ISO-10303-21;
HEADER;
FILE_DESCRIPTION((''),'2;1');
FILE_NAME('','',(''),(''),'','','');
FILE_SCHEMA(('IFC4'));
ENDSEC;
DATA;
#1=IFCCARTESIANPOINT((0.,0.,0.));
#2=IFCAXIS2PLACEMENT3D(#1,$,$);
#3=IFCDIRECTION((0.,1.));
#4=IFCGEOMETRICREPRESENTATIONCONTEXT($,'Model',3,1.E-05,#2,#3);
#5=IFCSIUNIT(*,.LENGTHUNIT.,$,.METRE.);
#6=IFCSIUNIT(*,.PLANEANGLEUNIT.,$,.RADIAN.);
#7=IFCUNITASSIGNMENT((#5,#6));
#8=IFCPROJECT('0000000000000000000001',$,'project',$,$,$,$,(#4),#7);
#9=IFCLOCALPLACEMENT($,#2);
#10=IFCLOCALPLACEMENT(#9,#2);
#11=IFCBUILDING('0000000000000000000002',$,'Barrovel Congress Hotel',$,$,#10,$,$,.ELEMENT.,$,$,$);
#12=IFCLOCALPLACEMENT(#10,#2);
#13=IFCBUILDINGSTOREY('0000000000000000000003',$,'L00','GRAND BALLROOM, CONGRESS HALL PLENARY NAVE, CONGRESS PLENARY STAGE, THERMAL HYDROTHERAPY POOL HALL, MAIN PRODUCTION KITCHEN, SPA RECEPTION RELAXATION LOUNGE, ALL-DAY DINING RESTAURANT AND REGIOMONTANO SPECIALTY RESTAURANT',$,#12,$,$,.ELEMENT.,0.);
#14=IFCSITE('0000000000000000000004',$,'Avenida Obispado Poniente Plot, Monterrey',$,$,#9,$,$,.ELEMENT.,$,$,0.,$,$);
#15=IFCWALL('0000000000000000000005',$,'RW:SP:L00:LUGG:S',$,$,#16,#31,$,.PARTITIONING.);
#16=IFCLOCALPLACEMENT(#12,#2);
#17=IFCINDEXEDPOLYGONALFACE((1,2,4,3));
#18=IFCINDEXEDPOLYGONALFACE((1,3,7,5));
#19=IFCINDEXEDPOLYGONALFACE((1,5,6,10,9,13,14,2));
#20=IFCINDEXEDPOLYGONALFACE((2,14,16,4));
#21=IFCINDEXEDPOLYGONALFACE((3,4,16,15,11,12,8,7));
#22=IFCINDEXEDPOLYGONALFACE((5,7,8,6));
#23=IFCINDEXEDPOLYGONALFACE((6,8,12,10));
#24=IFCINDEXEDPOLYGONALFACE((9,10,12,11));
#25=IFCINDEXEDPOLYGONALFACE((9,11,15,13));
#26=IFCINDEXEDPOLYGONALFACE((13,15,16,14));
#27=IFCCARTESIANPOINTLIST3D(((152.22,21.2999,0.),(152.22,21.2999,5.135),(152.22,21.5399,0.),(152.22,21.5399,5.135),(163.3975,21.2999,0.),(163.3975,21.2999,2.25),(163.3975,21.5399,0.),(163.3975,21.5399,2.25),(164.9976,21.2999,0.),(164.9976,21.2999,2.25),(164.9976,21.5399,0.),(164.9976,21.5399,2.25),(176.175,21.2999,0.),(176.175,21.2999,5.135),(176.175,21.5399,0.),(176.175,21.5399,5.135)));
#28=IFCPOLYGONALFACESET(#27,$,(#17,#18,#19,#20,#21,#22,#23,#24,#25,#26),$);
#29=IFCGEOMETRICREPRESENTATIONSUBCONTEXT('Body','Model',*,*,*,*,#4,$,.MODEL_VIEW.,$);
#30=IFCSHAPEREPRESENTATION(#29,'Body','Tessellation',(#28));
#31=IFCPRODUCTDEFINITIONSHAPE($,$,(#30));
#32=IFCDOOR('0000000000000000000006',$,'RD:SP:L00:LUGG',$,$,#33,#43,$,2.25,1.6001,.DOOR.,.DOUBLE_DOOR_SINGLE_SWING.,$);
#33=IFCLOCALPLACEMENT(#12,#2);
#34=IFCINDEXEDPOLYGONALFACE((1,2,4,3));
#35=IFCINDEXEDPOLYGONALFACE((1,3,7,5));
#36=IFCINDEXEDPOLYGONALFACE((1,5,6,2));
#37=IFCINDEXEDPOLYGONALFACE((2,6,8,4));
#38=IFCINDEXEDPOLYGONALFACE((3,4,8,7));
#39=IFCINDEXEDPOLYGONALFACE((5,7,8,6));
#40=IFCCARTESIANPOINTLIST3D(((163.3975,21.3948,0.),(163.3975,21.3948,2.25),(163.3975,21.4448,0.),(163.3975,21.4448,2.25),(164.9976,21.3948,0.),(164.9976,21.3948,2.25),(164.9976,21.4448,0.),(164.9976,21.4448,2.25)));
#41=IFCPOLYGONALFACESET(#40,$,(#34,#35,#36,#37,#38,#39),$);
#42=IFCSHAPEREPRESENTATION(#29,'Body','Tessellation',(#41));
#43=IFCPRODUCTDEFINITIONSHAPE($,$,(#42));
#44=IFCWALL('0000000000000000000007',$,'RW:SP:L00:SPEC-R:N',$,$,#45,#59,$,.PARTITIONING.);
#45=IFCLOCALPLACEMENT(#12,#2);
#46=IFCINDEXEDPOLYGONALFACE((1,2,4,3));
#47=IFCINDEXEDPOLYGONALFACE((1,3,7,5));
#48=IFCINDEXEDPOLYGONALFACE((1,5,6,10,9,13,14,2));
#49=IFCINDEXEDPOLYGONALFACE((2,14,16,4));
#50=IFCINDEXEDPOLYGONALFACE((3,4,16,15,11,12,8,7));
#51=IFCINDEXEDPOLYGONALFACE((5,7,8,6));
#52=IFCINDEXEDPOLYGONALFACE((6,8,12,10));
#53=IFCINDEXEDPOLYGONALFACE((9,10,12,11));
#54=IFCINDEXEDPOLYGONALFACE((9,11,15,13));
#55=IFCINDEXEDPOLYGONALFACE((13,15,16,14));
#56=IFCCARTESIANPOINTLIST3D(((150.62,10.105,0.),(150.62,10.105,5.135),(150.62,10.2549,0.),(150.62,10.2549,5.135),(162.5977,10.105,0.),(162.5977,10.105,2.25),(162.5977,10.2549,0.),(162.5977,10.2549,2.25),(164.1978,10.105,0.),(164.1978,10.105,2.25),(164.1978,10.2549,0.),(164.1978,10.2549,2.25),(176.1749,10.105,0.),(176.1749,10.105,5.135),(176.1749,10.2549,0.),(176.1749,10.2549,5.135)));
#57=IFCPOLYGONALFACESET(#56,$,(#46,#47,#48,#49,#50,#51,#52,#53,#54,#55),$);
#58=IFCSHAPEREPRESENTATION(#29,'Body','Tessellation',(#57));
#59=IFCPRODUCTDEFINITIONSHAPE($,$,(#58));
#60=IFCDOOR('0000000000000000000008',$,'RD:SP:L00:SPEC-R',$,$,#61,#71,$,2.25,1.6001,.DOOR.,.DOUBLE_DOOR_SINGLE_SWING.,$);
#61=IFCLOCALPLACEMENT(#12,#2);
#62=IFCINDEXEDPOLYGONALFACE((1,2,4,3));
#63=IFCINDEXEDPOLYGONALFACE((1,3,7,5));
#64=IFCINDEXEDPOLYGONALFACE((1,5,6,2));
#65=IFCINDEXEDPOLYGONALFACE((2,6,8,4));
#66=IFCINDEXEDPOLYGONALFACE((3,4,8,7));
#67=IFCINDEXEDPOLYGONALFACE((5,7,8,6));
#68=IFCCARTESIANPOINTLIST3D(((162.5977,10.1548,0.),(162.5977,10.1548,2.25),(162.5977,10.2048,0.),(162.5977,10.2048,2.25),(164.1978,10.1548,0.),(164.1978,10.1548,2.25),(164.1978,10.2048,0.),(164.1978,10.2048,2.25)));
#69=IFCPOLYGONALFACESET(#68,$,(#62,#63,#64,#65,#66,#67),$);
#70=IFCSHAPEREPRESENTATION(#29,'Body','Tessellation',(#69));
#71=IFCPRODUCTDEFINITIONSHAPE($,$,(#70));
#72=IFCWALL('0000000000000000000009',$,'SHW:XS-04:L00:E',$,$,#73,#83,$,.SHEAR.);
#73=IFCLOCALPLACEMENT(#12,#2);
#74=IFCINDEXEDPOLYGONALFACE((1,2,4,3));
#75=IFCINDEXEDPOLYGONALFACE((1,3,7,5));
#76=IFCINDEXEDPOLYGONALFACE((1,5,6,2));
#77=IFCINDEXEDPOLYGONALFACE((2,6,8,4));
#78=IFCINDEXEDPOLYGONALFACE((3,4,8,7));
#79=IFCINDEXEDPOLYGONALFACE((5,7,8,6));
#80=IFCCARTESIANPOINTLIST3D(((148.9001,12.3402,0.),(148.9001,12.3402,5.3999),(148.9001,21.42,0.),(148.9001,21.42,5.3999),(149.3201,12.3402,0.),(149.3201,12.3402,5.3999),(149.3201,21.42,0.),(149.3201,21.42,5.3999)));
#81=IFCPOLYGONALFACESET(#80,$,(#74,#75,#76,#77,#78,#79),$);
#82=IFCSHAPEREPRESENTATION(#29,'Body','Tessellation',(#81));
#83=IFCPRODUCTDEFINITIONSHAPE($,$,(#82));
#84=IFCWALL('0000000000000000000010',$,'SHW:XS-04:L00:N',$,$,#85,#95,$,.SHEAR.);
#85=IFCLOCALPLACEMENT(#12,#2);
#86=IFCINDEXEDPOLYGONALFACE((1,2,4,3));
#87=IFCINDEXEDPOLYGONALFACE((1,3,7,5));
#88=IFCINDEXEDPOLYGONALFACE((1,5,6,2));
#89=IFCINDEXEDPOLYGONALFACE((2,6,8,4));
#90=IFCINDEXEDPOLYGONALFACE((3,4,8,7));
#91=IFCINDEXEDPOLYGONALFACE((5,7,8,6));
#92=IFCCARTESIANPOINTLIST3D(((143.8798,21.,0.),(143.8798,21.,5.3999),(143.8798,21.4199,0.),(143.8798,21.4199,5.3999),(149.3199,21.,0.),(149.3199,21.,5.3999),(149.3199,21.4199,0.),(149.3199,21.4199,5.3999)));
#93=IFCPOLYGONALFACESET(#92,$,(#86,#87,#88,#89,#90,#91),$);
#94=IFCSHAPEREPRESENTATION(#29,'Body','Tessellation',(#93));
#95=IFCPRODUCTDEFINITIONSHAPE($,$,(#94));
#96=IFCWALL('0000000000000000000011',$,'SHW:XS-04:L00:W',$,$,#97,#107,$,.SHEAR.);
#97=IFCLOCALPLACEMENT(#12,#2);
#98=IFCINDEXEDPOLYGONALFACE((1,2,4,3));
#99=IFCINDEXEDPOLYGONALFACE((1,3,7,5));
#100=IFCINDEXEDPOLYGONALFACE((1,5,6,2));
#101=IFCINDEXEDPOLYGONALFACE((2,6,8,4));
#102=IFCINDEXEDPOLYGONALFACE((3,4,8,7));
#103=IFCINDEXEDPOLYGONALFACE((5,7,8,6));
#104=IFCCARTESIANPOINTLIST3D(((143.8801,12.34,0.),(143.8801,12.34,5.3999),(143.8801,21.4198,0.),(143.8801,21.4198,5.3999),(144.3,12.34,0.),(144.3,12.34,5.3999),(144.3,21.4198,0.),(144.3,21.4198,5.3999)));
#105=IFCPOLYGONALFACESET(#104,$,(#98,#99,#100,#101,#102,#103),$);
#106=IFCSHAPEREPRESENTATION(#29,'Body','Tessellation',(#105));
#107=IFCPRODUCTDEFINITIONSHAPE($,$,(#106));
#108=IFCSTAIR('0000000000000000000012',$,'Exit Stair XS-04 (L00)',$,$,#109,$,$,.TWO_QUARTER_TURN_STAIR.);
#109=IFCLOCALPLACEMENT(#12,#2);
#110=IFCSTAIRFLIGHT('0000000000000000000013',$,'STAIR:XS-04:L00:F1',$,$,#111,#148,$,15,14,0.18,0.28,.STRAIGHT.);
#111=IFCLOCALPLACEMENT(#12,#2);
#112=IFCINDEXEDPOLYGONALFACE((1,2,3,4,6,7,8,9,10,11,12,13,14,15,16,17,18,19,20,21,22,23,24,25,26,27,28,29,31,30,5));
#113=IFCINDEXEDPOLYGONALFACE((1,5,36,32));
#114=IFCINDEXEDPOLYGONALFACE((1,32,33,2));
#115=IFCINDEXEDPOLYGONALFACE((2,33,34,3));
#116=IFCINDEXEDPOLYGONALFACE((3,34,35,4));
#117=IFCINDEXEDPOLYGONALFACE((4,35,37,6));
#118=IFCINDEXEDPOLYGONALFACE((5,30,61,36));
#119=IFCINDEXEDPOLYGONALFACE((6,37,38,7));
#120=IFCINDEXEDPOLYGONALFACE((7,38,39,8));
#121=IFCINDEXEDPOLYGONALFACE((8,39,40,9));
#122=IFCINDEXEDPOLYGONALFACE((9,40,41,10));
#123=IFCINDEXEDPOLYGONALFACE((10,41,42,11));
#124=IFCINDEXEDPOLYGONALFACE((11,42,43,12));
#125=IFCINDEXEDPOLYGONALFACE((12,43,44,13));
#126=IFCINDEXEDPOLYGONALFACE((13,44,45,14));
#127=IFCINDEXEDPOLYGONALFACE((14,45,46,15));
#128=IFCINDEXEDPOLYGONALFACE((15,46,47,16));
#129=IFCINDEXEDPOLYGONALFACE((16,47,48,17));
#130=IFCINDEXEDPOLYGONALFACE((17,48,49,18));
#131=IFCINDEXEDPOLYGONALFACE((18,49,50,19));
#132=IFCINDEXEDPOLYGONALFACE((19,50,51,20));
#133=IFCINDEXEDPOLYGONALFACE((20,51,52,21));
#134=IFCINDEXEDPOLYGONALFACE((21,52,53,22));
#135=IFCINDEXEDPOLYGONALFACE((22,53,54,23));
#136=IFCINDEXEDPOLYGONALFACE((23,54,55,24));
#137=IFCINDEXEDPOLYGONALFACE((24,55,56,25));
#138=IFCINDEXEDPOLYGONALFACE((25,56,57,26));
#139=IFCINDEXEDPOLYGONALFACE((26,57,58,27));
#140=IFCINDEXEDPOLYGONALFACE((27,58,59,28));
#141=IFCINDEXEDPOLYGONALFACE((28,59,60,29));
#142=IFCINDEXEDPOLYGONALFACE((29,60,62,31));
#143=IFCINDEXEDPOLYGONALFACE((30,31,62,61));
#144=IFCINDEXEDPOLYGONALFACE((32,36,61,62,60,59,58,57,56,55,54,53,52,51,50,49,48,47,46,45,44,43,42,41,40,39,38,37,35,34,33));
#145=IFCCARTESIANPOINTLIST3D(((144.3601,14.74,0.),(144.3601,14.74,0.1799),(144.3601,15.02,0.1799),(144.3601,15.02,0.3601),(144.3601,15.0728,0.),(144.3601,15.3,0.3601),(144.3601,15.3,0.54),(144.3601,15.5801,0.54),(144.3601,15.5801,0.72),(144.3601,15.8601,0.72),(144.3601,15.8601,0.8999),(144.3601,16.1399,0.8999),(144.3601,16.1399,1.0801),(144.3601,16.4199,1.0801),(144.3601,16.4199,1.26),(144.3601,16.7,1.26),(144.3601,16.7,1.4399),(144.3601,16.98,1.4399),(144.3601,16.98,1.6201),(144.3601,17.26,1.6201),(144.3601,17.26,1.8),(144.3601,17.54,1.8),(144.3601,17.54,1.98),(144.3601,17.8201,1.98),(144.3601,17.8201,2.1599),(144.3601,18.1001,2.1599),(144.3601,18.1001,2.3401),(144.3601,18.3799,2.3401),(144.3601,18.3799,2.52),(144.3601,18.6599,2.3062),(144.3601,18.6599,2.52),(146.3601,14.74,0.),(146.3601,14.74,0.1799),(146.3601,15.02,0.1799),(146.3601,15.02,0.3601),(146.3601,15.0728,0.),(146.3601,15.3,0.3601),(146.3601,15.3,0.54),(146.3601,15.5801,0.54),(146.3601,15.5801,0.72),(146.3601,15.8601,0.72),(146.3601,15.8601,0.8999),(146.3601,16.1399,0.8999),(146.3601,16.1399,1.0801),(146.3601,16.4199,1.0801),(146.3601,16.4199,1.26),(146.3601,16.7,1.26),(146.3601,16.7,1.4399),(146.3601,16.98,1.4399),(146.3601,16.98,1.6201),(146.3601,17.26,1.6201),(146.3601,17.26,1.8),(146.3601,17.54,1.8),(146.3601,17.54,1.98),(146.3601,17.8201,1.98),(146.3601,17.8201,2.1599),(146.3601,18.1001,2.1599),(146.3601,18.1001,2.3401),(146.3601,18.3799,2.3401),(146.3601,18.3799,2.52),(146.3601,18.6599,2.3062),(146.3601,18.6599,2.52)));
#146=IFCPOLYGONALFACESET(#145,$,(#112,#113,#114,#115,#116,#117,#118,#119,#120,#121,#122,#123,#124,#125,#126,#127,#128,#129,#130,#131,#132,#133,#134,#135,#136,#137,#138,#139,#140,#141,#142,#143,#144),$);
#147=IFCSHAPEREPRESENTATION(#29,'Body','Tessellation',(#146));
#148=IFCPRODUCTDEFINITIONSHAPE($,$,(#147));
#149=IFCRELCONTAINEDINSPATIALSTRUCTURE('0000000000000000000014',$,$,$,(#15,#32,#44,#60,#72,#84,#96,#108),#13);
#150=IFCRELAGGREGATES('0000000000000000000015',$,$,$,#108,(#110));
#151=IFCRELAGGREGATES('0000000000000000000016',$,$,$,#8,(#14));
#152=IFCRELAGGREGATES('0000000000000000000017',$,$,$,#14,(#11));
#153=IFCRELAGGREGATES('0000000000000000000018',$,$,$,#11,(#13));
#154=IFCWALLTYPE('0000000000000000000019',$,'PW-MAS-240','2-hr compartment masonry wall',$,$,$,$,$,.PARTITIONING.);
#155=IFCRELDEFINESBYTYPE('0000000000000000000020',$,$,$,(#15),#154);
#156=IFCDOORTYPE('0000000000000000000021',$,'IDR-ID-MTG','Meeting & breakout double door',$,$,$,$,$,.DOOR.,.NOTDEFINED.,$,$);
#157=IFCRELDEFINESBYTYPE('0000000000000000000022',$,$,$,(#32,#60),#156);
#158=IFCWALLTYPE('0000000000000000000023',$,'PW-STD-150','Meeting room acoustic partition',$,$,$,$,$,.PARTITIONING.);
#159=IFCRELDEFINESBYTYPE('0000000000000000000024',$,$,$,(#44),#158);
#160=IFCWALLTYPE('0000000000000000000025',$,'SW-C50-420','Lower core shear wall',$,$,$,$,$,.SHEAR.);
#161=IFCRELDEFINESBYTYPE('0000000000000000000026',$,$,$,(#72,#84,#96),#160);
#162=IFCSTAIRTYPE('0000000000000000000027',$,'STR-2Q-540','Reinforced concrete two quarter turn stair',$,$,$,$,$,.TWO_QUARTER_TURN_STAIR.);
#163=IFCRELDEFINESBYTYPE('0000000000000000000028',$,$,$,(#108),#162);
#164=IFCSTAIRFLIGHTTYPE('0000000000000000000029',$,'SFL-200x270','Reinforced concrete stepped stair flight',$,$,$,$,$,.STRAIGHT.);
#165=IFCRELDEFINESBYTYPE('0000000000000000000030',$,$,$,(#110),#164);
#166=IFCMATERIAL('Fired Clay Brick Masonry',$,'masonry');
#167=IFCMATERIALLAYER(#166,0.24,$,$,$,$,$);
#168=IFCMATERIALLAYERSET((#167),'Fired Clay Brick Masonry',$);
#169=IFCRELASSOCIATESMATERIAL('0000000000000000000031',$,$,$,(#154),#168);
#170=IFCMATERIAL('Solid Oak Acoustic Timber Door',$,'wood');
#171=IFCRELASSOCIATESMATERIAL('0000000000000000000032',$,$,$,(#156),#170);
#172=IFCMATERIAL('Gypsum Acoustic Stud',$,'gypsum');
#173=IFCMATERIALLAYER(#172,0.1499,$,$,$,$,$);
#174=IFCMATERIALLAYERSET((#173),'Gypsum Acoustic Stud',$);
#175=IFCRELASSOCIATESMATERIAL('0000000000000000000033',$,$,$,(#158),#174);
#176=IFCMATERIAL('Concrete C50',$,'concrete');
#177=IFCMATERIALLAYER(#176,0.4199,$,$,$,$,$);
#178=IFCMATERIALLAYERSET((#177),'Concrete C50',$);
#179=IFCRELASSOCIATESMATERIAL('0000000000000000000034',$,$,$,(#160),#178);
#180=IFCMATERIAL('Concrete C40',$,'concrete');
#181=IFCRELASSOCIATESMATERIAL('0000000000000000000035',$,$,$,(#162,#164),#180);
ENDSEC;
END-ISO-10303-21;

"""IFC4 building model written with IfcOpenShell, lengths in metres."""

from ifc_helpers import new_model, si_unit, direction, frame, frame_2d, origin, place, context, subcontext, project, spatial, polyline, rectangle, outline, extrude, material, layer, layer_set, type_object, element, fill, aggregate, save


model = new_model("IFC4")

# Units and contexts
model_context = context("Model", 3, precision=1e-05, world=origin(), true_north=direction((0.0, 1.0)))
body_context = subcontext(model_context, "Body", "Model", "MODEL_VIEW")
ifc_project = project(units=[si_unit("LENGTHUNIT", "METRE"), si_unit("PLANEANGLEUNIT", "RADIAN")], contexts=[model_context])

# Site, building, storey
site_placement = place(None, origin())
site = spatial("IfcSite", under=ifc_project, at=site_placement, Name="Avenida Obispado Poniente Plot, Monterrey", CompositionType="ELEMENT", RefElevation=0.0)
building_placement = place(site_placement, origin())
building = spatial("IfcBuilding", under=site, at=building_placement, Name="Barrovel Congress Hotel", CompositionType="ELEMENT")
storey_placement = place(building_placement, origin())
storey = spatial("IfcBuildingStorey", under=building, at=storey_placement, Name="L00", Description="GRAND BALLROOM, CONGRESS HALL PLENARY NAVE, CONGRESS PLENARY STAGE, THERMAL HYDROTHERAPY POOL HALL, MAIN PRODUCTION KITCHEN, SPA RECEPTION RELAXATION LOUNGE, ALL-DAY DINING RESTAURANT AND REGIOMONTANO SPECIALTY RESTAURANT", CompositionType="ELEMENT", Elevation=0.0)

# Shared definitions
ifc_material_1 = material(Name="Concrete C50", Category="concrete")

# Shared definitions
ifc_material_2 = material(Name="Concrete C40", Category="concrete")

# Walls, openings, doors
ifc_material_3 = material(Name="Fired Clay Brick Masonry", Category="masonry")
ifc_layer_1 = layer(ifc_material_3, 0.24)
ifc_layer_set_1 = layer_set([ifc_layer_1], Name="Fired Clay Brick Masonry")
wall_type_1 = type_object("IfcWallType", Name="PW-MAS-240", Description="2-hr compartment masonry wall", PredefinedType="PARTITIONING", material=ifc_layer_set_1)
wall_1_placement = place(storey_placement, frame((152.22, 21.4199, 0.0), z_axis=(0.0, 0.0, 1.0), x_axis=(1.0, 0.0, 0.0)))
wall_1 = element("IfcWall", 1, at=wall_1_placement, inside=storey, type_object=wall_type_1, Name="RW:SP:L00:LUGG:S", PredefinedType="PARTITIONING", context=body_context, shape_type="SweptSolid", body=[
    extrude(rectangle(XDim=23.9551, YDim=0.24, at=frame_2d((11.9775, 0.0))), origin(), (0.0, 0.0, 1.0), 5.135),
])
opening_1_placement = place(wall_1_placement, frame((11.1775, 0.0, 0.0)))
opening_1 = element("IfcOpeningElement", 2, at=opening_1_placement, cuts=wall_1, PredefinedType="OPENING", context=body_context, shape_type="SweptSolid", body=[
    extrude(rectangle(XDim=1.6001, YDim=2.25, at=frame_2d((0.8, 1.125))), frame((0.0, 0.1299, 0.0), z_axis=(0.0, -1.0, 0.0), x_axis=(1.0, 0.0, 0.0)), (0.0, 0.0, 1.0), 0.26),
])
ifc_material_4 = material(Name="Solid Oak Acoustic Timber Door", Category="wood")
door_type_1 = type_object("IfcDoorType", Name="IDR-ID-MTG", Description="Meeting & breakout double door", OperationType="NOTDEFINED", PredefinedType="DOOR", material=ifc_material_4)
door_1_placement = place(opening_1_placement, origin())
door_1 = element("IfcDoor", 3, at=door_1_placement, inside=storey, type_object=door_type_1, Name="RD:SP:L00:LUGG", OperationType="DOUBLE_DOOR_SINGLE_SWING", OverallHeight=2.25, OverallWidth=1.6001, PredefinedType="DOOR", context=body_context, shape_type="SweptSolid", body=[
    extrude(rectangle(XDim=1.6001, YDim=2.25, at=frame_2d((0.8, 1.125))), frame((0.0, 0.0249, 0.0), z_axis=(0.0, -1.0, 0.0), x_axis=(1.0, 0.0, 0.0)), (0.0, 0.0, 1.0), 0.05),
])
fill(opening_1, door_1)
ifc_material_5 = material(Name="Gypsum Acoustic Stud", Category="gypsum")
ifc_layer_2 = layer(ifc_material_5, 0.1499)
ifc_layer_set_2 = layer_set([ifc_layer_2], Name="Gypsum Acoustic Stud")
wall_type_2 = type_object("IfcWallType", Name="PW-STD-150", Description="Meeting room acoustic partition", PredefinedType="PARTITIONING", material=ifc_layer_set_2)
wall_2_placement = place(storey_placement, frame((150.6201, 10.1799, 0.0), z_axis=(0.0, 0.0, 1.0), x_axis=(1.0, 0.0, 0.0)))
wall_2 = element("IfcWall", 4, at=wall_2_placement, inside=storey, type_object=wall_type_2, Name="RW:SP:L00:SPEC-R:N", PredefinedType="PARTITIONING", context=body_context, shape_type="SweptSolid", body=[
    extrude(rectangle(XDim=25.5549, YDim=0.1499, at=frame_2d((12.7773, 0.0))), origin(), (0.0, 0.0, 1.0), 5.135),
])
opening_2_placement = place(wall_2_placement, frame((11.9775, 0.0, 0.0)))
opening_2 = element("IfcOpeningElement", 5, at=opening_2_placement, cuts=wall_2, PredefinedType="OPENING", context=body_context, shape_type="SweptSolid", body=[
    extrude(rectangle(XDim=1.6001, YDim=2.25, at=frame_2d((0.8, 1.125))), frame((0.0, 0.085, 0.0), z_axis=(0.0, -1.0, 0.0), x_axis=(1.0, 0.0, 0.0)), (0.0, 0.0, 1.0), 0.1699),
])
door_2_placement = place(opening_2_placement, origin())
door_2 = element("IfcDoor", 6, at=door_2_placement, inside=storey, type_object=door_type_1, Name="RD:SP:L00:SPEC-R", OperationType="DOUBLE_DOOR_SINGLE_SWING", OverallHeight=2.25, OverallWidth=1.6001, PredefinedType="DOOR", context=body_context, shape_type="SweptSolid", body=[
    extrude(rectangle(XDim=1.6001, YDim=2.25, at=frame_2d((0.8, 1.125))), frame((0.0, 0.0249, 0.0), z_axis=(0.0, -1.0, 0.0), x_axis=(1.0, 0.0, 0.0)), (0.0, 0.0, 1.0), 0.05),
])
fill(opening_2, door_2)
ifc_layer_3 = layer(ifc_material_1, 0.4199)
ifc_layer_set_3 = layer_set([ifc_layer_3], Name="Concrete C50")
wall_type_3 = type_object("IfcWallType", Name="SW-C50-420", Description="Lower core shear wall", PredefinedType="SHEAR", material=ifc_layer_set_3)

# Walls
wall_3_placement = place(storey_placement, frame((149.1101, 12.3401, 0.0), z_axis=(0.0, 0.0, 1.0), x_axis=(0.0, 1.0, 0.0)))
element("IfcWall", 7, at=wall_3_placement, inside=storey, type_object=wall_type_3, Name="SHW:XS-04:L00:E", PredefinedType="SHEAR", context=body_context, shape_type="SweptSolid", body=[
    extrude(rectangle(XDim=9.0798, YDim=0.4199, at=frame_2d((4.54, 0.0))), origin(), (0.0, 0.0, 1.0), 5.3999),
])
wall_4_placement = place(storey_placement, frame((149.3201, 21.21, 0.0), z_axis=(0.0, 0.0, 1.0), x_axis=(-1.0, 0.0, 0.0)))
element("IfcWall", 8, at=wall_4_placement, inside=storey, type_object=wall_type_3, Name="SHW:XS-04:L00:N", PredefinedType="SHEAR", context=body_context, shape_type="SweptSolid", body=[
    extrude(rectangle(XDim=5.4402, YDim=0.4199, at=frame_2d((2.7202, 0.0))), origin(), (0.0, 0.0, 1.0), 5.3999),
])
wall_5_placement = place(storey_placement, frame((144.0901, 21.4199, 0.0), z_axis=(0.0, 0.0, 1.0), x_axis=(0.0, -1.0, 0.0)))
element("IfcWall", 9, at=wall_5_placement, inside=storey, type_object=wall_type_3, Name="SHW:XS-04:L00:W", PredefinedType="SHEAR", context=body_context, shape_type="SweptSolid", body=[
    extrude(rectangle(XDim=9.0798, YDim=0.4199, at=frame_2d((4.54, 0.0))), origin(), (0.0, 0.0, 1.0), 5.3999),
])

# Stair, stair flight
stair_type = type_object("IfcStairType", Name="STR-2Q-540", Description="Reinforced concrete two quarter turn stair", PredefinedType="TWO_QUARTER_TURN_STAIR", material=ifc_material_2)
stair_placement = place(storey_placement, origin())
stair = element("IfcStair", 10, at=stair_placement, inside=storey, type_object=stair_type, Name="Exit Stair XS-04 (L00)", PredefinedType="TWO_QUARTER_TURN_STAIR")
stair_flight_type = type_object("IfcStairFlightType", Name="SFL-200x270", Description="Reinforced concrete stepped stair flight", PredefinedType="STRAIGHT", material=ifc_material_2)
stair_flight_1_placement = place(storey_placement, frame((145.3601, 14.74, 0.0), z_axis=(0.0, 0.0, 1.0), x_axis=(0.0, 1.0, 0.0)))
stair_flight_1 = element("IfcStairFlight", 11, at=stair_flight_1_placement, type_object=stair_flight_type, Name="STAIR:XS-04:L00:F1", NumberOfRisers=15, NumberOfTreads=14, PredefinedType="STRAIGHT", RiserHeight=0.18, TreadLength=0.28, context=body_context, shape_type="SweptSolid", body=[
    extrude(outline(polyline([(0.0, 0.0), (0.0, 0.1799), (0.28, 0.1799), (0.28, 0.3601), (0.5601, 0.3601), (0.5601, 0.54), (0.8401, 0.54), (0.8401, 0.72), (1.1201, 0.72), (1.1201, 0.8999), (1.3999, 0.8999), (1.3999, 1.0801), (1.6799, 1.0801), (1.6799, 1.26), (1.96, 1.26), (1.96, 1.4399), (2.24, 1.4399), (2.24, 1.6201), (2.52, 1.6201), (2.52, 1.8), (2.8, 1.8), (2.8, 1.98), (3.0801, 1.98), (3.0801, 2.1599), (3.3601, 2.1599), (3.3601, 2.3401), (3.6399, 2.3401), (3.6399, 2.52), (3.9199, 2.52), (3.9199, 2.7), (3.9199, 2.3062), (0.3328, 0.0), (0.0, 0.0)])), frame((0.0, 1.0, 0.0), z_axis=(0.0, -1.0, 0.0), x_axis=(1.0, 0.0, 0.0)), (0.0, 0.0, 1.0), 2.0),
])
aggregate(stair, [stair_flight_1])

save(model, "model.ifc")
